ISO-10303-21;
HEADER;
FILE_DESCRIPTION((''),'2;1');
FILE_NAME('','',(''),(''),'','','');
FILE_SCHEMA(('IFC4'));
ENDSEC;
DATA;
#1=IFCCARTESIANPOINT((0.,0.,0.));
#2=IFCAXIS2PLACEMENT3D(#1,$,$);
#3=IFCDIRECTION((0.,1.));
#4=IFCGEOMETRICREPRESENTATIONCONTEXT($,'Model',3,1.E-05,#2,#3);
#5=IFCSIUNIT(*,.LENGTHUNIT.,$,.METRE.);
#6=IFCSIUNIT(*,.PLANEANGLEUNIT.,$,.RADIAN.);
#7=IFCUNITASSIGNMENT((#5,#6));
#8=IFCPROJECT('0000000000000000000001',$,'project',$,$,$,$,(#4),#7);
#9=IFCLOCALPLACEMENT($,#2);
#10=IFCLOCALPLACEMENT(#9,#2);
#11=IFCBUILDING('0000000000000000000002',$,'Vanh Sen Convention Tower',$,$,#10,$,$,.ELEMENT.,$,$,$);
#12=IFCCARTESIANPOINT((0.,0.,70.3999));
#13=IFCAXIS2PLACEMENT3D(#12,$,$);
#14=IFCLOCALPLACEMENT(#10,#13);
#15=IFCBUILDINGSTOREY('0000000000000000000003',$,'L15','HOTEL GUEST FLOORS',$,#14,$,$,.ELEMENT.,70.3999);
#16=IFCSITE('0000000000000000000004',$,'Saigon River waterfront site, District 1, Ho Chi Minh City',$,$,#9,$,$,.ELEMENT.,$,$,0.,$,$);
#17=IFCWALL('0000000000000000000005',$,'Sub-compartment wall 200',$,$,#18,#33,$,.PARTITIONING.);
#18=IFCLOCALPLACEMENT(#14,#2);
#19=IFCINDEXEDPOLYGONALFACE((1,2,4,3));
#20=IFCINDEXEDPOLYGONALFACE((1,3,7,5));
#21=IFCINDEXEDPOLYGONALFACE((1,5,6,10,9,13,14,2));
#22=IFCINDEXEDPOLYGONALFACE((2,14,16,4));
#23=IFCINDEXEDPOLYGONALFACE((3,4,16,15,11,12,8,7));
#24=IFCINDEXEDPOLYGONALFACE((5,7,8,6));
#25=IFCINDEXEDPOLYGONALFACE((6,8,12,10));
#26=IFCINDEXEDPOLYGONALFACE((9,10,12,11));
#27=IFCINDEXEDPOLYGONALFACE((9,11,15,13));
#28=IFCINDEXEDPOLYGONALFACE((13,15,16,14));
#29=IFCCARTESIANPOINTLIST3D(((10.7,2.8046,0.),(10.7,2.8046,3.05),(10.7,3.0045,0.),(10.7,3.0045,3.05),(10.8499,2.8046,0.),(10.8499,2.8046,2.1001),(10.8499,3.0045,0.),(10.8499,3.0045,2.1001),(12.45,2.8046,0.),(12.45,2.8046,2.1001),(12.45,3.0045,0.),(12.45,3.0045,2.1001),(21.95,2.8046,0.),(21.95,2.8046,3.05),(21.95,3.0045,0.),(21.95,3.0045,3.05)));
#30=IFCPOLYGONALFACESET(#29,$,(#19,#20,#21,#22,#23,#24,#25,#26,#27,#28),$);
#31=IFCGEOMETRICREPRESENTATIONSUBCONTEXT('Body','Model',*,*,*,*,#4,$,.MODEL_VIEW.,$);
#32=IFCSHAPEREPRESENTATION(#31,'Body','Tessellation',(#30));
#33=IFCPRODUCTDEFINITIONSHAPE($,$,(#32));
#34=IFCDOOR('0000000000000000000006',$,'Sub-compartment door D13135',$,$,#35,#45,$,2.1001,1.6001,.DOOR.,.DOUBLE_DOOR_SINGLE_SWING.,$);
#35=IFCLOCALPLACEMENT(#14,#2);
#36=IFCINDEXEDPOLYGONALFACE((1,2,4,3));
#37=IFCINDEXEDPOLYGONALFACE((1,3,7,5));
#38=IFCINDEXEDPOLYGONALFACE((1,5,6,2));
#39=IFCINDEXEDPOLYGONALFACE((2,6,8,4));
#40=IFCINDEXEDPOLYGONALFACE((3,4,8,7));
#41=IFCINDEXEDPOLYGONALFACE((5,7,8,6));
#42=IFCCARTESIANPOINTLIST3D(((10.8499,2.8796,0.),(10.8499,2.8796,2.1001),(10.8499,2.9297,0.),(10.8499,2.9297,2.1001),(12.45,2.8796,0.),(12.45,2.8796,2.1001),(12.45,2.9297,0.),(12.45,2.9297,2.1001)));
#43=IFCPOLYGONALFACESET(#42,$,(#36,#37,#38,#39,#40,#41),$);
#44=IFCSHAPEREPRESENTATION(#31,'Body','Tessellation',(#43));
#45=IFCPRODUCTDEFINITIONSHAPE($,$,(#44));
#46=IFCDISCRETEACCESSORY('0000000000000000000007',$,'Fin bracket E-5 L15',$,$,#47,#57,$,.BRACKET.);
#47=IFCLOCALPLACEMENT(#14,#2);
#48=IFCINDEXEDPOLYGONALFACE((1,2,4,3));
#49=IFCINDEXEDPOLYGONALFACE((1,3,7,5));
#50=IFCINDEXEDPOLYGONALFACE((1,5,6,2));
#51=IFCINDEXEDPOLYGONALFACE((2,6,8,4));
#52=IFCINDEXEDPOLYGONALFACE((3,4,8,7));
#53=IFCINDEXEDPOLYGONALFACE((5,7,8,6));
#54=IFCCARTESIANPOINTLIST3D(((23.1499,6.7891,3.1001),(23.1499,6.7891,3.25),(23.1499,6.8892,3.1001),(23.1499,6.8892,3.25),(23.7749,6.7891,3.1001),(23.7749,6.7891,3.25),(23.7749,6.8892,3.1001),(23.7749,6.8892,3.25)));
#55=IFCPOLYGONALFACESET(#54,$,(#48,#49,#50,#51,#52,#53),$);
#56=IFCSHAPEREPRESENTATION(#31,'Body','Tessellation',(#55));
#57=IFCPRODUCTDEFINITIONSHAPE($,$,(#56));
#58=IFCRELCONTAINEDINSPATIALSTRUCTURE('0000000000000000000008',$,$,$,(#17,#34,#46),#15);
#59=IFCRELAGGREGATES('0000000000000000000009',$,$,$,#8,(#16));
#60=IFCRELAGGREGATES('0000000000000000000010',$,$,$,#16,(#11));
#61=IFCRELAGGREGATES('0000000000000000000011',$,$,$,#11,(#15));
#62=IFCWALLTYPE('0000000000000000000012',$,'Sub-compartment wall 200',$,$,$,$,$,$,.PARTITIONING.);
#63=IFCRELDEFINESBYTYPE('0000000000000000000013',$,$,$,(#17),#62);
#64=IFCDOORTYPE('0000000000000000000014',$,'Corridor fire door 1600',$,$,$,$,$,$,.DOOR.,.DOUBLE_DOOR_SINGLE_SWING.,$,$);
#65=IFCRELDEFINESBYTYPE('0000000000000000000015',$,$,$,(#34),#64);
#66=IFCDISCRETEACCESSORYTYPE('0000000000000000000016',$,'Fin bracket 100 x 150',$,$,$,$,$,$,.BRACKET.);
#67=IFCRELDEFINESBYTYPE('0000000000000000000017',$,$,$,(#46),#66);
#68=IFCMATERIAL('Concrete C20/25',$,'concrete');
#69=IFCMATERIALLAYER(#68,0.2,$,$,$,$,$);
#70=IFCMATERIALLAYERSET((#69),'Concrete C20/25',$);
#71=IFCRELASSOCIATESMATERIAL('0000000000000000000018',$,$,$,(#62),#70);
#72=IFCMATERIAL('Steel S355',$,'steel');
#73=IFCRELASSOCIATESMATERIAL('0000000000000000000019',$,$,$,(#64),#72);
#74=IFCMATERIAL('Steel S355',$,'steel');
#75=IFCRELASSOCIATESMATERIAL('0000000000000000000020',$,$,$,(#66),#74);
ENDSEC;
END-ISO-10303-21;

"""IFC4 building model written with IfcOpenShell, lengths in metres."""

from ifc_helpers import new_model, si_unit, direction, frame, frame_2d, origin, origin_2d, place, context, subcontext, project, spatial, rectangle, extrude, material, layer, layer_set, type_object, element, fill, save


model = new_model("IFC4")

# Units and contexts
model_context = context("Model", 3, precision=1e-05, world=origin(), true_north=direction((0.0, 1.0)))
body_context = subcontext(model_context, "Body", "Model", "MODEL_VIEW")
ifc_project = project(units=[si_unit("LENGTHUNIT", "METRE"), si_unit("PLANEANGLEUNIT", "RADIAN")], contexts=[model_context])

# Site, building, storey
site_placement = place(None, origin())
site = spatial("IfcSite", under=ifc_project, at=site_placement, Name="Saigon River waterfront site, District 1, Ho Chi Minh City", CompositionType="ELEMENT", RefElevation=0.0)
building_placement = place(site_placement, origin())
building = spatial("IfcBuilding", under=site, at=building_placement, Name="Vanh Sen Convention Tower", CompositionType="ELEMENT")
storey_placement = place(building_placement, frame((0.0, 0.0, 70.3999)))
storey = spatial("IfcBuildingStorey", under=building, at=storey_placement, Name="L15", Description="HOTEL GUEST FLOORS", CompositionType="ELEMENT", Elevation=70.3999)

# Wall, opening, door
ifc_material_1 = material(Name="Concrete C20/25", Category="concrete")
ifc_layer_1 = layer(ifc_material_1, 0.2)
ifc_layer_set_1 = layer_set([ifc_layer_1], Name="Concrete C20/25")
wall_type_1 = type_object("IfcWallType", Name="Sub-compartment wall 200", PredefinedType="PARTITIONING", material=ifc_layer_set_1)
wall_1_placement = place(storey_placement, frame((21.95, 2.9045, 0.0), z_axis=(0.0, 0.0, 1.0), x_axis=(-1.0, 0.0, 0.0)))
wall_1 = element("IfcWall", 1, at=wall_1_placement, inside=storey, type_object=wall_type_1, Name="Sub-compartment wall 200", PredefinedType="PARTITIONING", context=body_context, shape_type="SweptSolid", body=[
    extrude(rectangle(XDim=11.25, YDim=0.2, at=frame_2d((5.625, 0.0))), origin(), (0.0, 0.0, 1.0), 3.05),
])
opening_1_placement = place(wall_1_placement, frame((9.5, 0.0, 0.0)))
opening_1 = element("IfcOpeningElement", 2, at=opening_1_placement, cuts=wall_1, PredefinedType="OPENING", context=body_context, shape_type="SweptSolid", body=[
    extrude(rectangle(XDim=1.6001, YDim=2.1001, at=frame_2d((0.8, 1.05))), frame((0.0, 0.1099, 0.0), z_axis=(0.0, -1.0, 0.0), x_axis=(1.0, 0.0, 0.0)), (0.0, 0.0, 1.0), 0.22),
])
ifc_material_2 = material(Name="Steel S355", Category="steel")
door_type_1 = type_object("IfcDoorType", Name="Corridor fire door 1600", OperationType="DOUBLE_DOOR_SINGLE_SWING", PredefinedType="DOOR", material=ifc_material_2)
door_1_placement = place(opening_1_placement, origin())
door_1 = element("IfcDoor", 3, at=door_1_placement, inside=storey, type_object=door_type_1, Name="Sub-compartment door D13135", OperationType="DOUBLE_DOOR_SINGLE_SWING", OverallHeight=2.1001, OverallWidth=1.6001, PredefinedType="DOOR", context=body_context, shape_type="SweptSolid", body=[
    extrude(rectangle(XDim=1.6001, YDim=2.1001, at=frame_2d((0.8, 1.05))), frame((0.0, 0.0249, 0.0), z_axis=(0.0, -1.0, 0.0), x_axis=(1.0, 0.0, 0.0)), (0.0, 0.0, 1.0), 0.05),
])
fill(opening_1, door_1)

# Discrete accessory
ifc_material_3 = material(Name="Steel S355", Category="steel")
discrete_accessory_type = type_object("IfcDiscreteAccessoryType", Name="Fin bracket 100 x 150", PredefinedType="BRACKET", material=ifc_material_3)
discrete_accessory_placement = place(storey_placement, frame((23.4624, 6.8391, 3.1001), z_axis=(0.0, 0.0, 1.0), x_axis=(1.0, 0.0, 0.0)))
element("IfcDiscreteAccessory", 4, at=discrete_accessory_placement, inside=storey, type_object=discrete_accessory_type, Name="Fin bracket E-5 L15", PredefinedType="BRACKET", context=body_context, shape_type="SweptSolid", body=[
    extrude(rectangle(XDim=0.625, YDim=0.1001, at=origin_2d()), origin(), (0.0, 0.0, 1.0), 0.1499),
])

save(model, "model.ifc")
